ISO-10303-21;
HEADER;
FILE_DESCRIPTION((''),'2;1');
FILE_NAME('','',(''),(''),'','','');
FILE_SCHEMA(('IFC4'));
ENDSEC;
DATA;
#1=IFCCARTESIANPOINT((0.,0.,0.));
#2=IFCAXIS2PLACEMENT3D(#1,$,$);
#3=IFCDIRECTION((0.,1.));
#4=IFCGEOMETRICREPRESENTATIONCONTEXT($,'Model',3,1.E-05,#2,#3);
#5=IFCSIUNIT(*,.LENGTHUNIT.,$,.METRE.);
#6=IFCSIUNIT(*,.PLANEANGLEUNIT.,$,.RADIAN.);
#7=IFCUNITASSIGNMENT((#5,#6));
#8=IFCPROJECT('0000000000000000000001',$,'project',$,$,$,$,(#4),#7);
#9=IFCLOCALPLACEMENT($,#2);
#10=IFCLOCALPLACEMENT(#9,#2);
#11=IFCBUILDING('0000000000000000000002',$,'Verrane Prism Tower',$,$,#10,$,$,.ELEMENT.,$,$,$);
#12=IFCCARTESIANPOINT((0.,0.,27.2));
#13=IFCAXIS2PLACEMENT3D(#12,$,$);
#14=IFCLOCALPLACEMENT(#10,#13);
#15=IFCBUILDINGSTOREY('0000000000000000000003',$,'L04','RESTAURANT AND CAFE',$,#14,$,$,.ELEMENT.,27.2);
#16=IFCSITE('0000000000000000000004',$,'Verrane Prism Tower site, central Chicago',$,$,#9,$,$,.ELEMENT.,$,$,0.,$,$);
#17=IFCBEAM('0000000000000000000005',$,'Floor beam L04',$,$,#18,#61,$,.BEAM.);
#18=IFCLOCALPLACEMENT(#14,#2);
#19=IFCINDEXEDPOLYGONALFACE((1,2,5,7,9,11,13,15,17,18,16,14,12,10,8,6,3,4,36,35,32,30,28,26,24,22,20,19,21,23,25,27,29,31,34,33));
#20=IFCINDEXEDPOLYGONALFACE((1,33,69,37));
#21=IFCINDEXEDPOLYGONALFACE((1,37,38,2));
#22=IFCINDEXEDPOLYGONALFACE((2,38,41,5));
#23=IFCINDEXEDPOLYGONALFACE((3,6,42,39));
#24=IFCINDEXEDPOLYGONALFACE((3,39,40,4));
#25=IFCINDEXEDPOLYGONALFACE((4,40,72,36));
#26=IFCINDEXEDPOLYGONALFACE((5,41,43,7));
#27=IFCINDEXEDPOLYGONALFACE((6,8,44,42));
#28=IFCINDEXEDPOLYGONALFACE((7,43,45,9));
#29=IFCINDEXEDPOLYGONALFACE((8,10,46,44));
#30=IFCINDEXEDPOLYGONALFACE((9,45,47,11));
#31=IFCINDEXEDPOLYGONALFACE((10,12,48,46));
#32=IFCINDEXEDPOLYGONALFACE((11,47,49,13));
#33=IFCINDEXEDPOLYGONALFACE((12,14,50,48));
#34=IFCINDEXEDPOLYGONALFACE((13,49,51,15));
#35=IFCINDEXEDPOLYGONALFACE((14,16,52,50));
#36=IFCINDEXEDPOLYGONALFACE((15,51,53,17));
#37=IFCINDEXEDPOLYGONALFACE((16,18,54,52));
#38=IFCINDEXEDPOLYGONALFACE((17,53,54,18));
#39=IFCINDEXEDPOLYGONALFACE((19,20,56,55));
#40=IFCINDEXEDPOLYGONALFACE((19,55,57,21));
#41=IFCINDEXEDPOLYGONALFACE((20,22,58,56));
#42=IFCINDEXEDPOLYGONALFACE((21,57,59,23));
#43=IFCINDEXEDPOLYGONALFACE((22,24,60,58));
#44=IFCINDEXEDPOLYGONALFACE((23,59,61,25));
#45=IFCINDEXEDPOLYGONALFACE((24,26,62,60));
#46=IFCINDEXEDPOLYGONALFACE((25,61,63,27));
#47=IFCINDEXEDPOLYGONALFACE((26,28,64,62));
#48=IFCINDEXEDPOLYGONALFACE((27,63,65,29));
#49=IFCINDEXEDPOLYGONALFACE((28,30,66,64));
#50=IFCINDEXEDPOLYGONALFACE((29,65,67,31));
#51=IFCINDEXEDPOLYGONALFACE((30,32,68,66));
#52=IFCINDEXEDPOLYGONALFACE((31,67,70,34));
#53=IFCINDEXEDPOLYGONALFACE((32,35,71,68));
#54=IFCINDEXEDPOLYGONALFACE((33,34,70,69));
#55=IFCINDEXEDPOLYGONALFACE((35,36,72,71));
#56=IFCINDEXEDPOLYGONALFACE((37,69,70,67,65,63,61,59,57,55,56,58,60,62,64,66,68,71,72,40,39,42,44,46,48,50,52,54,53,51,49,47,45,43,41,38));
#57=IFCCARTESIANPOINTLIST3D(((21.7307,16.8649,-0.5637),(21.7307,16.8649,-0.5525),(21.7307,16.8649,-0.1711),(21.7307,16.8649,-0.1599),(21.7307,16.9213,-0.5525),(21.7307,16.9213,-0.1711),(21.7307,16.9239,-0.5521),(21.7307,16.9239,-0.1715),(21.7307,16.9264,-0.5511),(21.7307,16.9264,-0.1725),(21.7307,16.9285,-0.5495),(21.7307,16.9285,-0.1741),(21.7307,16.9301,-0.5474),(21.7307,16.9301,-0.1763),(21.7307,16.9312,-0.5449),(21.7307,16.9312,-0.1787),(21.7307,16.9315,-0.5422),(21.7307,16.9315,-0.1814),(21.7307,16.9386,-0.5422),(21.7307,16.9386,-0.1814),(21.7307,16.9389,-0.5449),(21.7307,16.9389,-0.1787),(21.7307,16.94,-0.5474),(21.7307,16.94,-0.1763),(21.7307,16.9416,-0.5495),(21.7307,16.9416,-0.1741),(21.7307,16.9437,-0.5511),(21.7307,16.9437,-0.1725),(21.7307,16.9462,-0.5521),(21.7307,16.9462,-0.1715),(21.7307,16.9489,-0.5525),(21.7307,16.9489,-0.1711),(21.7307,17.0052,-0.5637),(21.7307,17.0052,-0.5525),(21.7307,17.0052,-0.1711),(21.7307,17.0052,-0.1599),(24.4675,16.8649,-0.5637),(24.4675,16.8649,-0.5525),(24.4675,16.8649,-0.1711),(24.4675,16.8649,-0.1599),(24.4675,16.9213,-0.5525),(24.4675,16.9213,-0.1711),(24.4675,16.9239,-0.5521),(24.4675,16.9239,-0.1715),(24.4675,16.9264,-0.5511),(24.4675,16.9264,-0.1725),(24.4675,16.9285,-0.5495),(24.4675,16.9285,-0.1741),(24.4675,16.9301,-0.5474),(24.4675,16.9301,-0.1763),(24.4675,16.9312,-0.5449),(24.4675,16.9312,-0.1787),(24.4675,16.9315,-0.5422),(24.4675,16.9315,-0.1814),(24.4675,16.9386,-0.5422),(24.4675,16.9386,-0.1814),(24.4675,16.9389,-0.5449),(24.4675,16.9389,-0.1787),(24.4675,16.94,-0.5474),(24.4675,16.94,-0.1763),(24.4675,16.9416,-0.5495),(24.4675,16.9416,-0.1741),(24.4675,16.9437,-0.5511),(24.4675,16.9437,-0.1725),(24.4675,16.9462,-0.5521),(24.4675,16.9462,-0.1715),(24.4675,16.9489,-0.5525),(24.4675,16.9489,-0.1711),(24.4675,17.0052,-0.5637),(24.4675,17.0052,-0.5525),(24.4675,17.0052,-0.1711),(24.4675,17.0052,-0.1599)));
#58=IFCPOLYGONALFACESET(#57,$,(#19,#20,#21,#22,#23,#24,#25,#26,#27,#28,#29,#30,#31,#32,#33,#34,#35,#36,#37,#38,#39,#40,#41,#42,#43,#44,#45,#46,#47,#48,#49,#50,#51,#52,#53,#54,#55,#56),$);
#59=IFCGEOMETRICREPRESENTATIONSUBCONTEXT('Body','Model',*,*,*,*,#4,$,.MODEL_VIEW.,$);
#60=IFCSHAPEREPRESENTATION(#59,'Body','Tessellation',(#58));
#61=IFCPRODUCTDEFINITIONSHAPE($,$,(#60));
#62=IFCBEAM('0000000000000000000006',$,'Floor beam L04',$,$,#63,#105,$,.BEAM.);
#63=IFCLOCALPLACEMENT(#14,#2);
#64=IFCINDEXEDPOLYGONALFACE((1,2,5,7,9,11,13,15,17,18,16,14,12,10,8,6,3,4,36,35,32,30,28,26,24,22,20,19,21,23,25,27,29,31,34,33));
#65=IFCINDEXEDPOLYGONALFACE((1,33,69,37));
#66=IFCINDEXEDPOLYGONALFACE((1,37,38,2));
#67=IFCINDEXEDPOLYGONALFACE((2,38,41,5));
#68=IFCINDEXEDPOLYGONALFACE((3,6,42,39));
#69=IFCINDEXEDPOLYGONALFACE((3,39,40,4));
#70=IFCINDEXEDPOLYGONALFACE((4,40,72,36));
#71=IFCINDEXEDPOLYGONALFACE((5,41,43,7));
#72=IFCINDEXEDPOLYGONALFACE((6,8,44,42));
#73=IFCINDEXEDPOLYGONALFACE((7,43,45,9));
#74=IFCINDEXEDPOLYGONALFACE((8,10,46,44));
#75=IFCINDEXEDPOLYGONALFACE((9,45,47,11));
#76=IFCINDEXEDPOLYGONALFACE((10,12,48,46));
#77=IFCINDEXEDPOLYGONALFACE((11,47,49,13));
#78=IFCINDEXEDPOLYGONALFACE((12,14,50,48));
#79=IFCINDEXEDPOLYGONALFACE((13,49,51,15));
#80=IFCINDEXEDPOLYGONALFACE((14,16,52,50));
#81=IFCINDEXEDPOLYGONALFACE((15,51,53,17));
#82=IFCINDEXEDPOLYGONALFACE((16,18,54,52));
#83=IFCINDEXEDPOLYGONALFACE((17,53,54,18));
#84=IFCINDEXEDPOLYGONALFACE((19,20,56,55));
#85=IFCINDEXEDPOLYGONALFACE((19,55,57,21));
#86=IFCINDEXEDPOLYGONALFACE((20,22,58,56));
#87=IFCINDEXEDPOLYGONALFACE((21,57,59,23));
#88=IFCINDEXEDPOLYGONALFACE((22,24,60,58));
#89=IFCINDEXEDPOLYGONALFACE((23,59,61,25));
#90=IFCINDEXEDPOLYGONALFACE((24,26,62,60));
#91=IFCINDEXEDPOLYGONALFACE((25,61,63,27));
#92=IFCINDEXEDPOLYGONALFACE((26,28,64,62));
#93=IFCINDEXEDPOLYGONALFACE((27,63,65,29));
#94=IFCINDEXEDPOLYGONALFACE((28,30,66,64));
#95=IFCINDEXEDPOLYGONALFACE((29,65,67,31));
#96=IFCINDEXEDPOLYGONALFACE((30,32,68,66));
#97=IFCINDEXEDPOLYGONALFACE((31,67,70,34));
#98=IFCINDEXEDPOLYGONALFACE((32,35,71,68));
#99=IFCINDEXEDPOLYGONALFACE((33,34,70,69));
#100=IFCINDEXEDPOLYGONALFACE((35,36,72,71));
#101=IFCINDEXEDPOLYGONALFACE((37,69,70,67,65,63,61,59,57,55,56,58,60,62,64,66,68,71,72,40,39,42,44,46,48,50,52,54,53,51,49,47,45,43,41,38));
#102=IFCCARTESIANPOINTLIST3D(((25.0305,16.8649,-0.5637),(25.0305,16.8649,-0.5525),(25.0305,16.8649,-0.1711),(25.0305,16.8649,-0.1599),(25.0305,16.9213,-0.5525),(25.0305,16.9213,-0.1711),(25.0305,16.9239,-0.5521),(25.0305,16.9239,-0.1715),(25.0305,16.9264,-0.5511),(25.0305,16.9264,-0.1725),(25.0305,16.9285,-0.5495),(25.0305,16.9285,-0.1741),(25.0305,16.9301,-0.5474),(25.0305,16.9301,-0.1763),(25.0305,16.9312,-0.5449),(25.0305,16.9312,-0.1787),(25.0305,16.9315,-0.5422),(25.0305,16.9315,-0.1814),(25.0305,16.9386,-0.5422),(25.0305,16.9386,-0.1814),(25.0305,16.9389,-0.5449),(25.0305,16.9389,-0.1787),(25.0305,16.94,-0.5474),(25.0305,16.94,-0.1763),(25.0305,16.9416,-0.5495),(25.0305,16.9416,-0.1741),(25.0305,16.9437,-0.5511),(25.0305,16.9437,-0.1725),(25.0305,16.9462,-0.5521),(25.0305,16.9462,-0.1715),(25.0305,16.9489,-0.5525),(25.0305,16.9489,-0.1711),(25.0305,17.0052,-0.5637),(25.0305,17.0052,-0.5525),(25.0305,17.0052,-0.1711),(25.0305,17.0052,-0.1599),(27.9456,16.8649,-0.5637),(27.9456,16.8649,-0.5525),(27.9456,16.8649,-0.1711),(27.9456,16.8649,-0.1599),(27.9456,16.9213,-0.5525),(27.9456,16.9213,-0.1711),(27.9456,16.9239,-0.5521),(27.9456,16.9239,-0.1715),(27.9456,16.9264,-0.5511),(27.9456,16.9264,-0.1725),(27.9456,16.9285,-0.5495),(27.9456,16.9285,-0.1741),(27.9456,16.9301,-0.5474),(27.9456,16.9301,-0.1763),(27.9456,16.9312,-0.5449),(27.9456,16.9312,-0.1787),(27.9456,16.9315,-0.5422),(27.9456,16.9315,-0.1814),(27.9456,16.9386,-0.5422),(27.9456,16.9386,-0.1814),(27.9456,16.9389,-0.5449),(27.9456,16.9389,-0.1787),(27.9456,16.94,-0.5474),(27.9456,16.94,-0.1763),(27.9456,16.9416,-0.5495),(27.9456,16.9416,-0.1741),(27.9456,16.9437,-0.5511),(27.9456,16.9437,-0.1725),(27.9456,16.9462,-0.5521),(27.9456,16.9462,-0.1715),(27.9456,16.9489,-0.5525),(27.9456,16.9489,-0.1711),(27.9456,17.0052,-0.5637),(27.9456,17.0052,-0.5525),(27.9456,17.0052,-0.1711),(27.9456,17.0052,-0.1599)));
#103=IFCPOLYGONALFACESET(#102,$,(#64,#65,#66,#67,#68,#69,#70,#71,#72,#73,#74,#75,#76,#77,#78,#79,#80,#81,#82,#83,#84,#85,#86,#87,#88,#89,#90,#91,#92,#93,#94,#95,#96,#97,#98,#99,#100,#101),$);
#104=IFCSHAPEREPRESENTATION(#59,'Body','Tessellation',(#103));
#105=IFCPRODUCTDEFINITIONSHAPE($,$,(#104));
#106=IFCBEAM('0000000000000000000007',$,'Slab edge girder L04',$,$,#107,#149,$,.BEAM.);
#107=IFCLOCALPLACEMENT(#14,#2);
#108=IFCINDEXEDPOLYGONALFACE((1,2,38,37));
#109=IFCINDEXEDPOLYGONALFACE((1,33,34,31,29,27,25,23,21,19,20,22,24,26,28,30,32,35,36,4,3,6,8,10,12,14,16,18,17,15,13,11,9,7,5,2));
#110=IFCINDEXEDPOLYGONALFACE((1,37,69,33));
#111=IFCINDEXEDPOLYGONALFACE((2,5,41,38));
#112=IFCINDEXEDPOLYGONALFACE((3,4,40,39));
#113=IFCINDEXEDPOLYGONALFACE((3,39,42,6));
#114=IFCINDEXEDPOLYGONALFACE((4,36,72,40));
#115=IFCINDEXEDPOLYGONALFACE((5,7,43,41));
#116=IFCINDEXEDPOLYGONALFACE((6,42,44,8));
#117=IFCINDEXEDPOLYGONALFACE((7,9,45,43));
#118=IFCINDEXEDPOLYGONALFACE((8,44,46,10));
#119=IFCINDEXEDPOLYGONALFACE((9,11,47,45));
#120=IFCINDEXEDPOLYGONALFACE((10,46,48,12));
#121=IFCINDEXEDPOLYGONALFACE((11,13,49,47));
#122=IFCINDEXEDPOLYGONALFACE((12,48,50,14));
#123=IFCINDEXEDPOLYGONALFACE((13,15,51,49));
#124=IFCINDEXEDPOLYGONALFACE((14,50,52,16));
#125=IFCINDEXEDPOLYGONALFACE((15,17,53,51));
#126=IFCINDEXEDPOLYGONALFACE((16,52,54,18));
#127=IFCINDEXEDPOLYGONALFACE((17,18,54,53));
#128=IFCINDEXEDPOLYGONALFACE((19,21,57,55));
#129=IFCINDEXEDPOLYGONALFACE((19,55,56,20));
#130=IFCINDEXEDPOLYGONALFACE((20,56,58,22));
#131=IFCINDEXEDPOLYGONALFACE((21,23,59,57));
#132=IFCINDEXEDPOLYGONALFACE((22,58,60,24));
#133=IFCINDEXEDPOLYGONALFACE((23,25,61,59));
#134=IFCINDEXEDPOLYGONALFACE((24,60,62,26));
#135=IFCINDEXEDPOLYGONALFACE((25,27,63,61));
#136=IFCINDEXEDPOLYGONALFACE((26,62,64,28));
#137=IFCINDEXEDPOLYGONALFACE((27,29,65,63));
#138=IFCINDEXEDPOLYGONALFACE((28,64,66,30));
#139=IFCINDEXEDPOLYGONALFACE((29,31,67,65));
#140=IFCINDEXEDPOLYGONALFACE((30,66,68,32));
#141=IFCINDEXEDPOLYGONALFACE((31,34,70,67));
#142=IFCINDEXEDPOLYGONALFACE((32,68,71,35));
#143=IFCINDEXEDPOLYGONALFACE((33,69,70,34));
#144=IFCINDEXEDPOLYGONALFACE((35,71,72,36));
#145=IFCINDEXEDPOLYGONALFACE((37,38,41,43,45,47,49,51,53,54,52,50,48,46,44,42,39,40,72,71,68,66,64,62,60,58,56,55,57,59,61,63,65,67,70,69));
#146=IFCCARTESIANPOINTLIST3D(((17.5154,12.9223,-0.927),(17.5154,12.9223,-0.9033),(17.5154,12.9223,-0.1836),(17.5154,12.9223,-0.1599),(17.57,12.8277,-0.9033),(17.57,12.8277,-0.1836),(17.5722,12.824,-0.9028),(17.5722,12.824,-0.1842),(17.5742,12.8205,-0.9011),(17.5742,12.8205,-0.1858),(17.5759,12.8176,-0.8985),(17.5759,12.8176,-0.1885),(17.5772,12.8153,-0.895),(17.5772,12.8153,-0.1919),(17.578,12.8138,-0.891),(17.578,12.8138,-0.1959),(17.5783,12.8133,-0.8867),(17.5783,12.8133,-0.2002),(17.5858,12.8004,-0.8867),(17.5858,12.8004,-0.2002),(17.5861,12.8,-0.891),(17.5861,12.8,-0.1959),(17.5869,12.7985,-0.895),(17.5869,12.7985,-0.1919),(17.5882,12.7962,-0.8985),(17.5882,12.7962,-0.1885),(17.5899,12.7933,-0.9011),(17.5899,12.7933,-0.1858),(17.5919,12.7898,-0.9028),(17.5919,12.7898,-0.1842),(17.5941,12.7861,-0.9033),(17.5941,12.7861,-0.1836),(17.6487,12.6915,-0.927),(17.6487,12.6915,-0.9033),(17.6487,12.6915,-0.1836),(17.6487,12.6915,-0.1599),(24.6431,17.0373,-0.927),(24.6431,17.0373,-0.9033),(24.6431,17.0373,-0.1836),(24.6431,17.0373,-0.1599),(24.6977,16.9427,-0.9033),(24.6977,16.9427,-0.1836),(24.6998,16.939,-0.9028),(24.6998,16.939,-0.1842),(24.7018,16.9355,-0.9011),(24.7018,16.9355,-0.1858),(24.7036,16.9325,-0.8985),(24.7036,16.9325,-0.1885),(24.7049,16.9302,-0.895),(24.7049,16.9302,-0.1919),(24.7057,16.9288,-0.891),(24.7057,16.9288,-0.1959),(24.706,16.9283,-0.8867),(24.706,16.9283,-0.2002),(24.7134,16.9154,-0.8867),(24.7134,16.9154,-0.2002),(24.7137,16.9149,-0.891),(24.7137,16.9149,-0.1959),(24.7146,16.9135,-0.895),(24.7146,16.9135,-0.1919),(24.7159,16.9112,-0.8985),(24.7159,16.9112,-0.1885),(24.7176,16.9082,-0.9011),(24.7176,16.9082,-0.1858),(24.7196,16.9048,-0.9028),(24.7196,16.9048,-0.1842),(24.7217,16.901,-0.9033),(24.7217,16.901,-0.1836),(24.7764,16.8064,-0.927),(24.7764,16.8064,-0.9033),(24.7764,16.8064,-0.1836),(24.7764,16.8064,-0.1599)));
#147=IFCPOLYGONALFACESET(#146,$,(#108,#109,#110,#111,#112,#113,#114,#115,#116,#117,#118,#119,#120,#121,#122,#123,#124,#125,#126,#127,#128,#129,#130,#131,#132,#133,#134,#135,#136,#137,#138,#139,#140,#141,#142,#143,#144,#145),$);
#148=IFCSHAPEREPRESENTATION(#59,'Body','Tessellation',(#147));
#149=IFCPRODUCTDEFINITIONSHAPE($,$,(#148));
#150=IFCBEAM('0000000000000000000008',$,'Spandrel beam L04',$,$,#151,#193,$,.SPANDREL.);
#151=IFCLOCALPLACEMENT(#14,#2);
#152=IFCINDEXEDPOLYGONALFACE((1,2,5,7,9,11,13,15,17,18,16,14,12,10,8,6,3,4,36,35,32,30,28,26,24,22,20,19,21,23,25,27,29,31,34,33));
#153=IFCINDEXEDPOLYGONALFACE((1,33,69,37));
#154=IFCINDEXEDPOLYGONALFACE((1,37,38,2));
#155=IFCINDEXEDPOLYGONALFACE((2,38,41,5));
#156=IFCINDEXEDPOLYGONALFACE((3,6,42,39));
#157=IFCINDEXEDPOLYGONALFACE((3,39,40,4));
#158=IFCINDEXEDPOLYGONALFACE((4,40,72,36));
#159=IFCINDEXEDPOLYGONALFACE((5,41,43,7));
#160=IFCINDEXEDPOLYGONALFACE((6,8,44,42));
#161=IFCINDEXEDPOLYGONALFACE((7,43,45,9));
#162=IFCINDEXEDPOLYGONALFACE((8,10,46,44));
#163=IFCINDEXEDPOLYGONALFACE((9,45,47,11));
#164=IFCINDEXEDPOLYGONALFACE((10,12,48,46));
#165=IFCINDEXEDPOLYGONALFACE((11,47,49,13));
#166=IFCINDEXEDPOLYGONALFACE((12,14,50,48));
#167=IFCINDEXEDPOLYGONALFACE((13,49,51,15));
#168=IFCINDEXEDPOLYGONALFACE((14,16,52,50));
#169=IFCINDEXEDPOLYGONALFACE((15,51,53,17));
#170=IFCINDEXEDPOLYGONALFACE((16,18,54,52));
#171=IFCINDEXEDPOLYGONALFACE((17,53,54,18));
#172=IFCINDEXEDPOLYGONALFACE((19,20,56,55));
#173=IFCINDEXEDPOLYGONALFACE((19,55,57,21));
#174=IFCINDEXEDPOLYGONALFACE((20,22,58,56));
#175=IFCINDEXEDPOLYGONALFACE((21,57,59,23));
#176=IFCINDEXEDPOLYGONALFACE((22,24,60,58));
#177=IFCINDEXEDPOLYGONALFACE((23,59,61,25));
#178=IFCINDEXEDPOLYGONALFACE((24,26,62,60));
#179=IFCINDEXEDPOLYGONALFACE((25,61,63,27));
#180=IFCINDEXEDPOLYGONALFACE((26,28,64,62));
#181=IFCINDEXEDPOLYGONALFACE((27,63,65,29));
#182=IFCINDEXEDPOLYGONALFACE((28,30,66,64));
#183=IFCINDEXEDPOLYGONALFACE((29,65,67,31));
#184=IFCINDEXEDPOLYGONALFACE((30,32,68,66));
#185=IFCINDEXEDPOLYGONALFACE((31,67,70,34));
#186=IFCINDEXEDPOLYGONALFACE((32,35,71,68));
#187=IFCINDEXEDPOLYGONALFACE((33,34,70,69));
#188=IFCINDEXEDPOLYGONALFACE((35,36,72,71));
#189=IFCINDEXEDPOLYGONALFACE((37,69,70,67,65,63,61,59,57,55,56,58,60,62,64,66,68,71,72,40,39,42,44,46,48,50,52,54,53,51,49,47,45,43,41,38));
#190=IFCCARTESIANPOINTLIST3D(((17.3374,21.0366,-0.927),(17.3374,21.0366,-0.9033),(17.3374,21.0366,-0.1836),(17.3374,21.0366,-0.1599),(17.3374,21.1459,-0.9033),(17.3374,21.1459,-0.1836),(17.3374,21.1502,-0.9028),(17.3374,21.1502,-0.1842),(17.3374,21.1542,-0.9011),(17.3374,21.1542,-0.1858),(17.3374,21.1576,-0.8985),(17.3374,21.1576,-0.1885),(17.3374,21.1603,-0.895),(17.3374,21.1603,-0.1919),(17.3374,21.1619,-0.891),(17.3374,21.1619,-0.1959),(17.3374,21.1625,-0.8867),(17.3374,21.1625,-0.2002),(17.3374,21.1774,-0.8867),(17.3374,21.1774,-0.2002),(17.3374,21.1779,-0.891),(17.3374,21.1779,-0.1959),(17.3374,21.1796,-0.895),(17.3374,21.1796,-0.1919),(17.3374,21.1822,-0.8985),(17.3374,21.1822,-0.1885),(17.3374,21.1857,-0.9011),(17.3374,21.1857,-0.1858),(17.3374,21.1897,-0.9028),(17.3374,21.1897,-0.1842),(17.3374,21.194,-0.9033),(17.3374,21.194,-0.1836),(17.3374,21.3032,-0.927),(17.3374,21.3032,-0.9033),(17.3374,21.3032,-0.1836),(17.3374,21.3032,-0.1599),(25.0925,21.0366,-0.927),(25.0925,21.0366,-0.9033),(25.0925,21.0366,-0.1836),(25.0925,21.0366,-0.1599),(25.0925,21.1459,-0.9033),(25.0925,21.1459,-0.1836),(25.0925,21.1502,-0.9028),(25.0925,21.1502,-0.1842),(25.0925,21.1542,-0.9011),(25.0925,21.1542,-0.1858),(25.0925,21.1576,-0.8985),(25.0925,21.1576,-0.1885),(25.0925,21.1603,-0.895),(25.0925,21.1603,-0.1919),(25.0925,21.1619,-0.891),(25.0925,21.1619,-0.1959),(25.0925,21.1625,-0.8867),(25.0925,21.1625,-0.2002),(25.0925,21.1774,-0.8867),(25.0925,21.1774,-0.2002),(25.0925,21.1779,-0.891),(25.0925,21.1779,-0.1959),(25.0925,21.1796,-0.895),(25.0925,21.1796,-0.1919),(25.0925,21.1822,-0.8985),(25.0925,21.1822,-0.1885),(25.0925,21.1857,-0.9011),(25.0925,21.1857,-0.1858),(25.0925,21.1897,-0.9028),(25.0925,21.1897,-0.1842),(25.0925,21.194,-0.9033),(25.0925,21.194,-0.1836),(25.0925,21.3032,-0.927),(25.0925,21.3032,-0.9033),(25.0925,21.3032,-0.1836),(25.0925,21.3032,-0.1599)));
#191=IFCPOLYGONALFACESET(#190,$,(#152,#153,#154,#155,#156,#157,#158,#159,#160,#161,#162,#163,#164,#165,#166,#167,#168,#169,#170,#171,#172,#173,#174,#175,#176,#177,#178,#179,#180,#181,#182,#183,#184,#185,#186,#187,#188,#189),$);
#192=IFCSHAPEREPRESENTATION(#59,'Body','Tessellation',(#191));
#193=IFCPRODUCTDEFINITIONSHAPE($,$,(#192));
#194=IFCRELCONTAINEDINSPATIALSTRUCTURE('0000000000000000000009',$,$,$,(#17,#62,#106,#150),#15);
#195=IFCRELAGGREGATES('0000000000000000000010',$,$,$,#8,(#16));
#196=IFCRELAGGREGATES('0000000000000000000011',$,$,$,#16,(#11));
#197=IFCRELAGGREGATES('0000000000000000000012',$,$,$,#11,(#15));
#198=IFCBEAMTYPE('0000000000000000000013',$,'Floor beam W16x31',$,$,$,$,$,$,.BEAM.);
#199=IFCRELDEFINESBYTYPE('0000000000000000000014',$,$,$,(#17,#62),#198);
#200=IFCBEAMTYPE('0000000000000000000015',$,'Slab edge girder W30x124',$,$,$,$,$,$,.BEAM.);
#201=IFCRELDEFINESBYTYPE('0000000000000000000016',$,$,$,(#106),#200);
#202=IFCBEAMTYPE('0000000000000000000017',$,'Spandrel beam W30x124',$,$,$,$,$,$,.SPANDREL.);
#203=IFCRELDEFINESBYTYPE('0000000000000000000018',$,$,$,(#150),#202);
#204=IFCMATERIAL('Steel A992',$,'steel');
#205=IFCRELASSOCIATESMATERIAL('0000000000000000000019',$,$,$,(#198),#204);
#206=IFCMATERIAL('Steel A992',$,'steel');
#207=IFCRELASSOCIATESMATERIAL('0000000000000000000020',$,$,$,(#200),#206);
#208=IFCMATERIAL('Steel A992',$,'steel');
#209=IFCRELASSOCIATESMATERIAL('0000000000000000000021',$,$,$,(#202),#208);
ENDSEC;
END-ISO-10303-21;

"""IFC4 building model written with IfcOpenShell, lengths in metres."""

from ifc_helpers import new_model, si_unit, direction, frame, origin, origin_2d, place, context, subcontext, project, spatial, i_section, extrude, material, material_profile, profile_set, type_object, element, save


model = new_model("IFC4")

# Units and contexts
model_context = context("Model", 3, precision=1e-05, world=origin(), true_north=direction((0.0, 1.0)))
body_context = subcontext(model_context, "Body", "Model", "MODEL_VIEW")
ifc_project = project(units=[si_unit("LENGTHUNIT", "METRE"), si_unit("PLANEANGLEUNIT", "RADIAN")], contexts=[model_context])

# Site, building, storey
site_placement = place(None, origin())
site = spatial("IfcSite", under=ifc_project, at=site_placement, Name="Verrane Prism Tower site, central Chicago", CompositionType="ELEMENT", RefElevation=0.0)
building_placement = place(site_placement, origin())
building = spatial("IfcBuilding", under=site, at=building_placement, Name="Verrane Prism Tower", CompositionType="ELEMENT")
storey_placement = place(building_placement, frame((0.0, 0.0, 27.2)))
storey = spatial("IfcBuildingStorey", under=building, at=storey_placement, Name="L04", Description="RESTAURANT AND CAFE", CompositionType="ELEMENT", Elevation=27.2)

# Beams
ifc_material_1 = material(Name="Steel A992", Category="steel")
ifc_material_profile_1 = material_profile(ifc_material_1, i_section(OverallWidth=0.1404, OverallDepth=0.4038, WebThickness=0.0071, FlangeThickness=0.0112, FilletRadius=0.0103, at=origin_2d()), Name="W16x31")
ifc_profile_set_1 = profile_set([ifc_material_profile_1], Name="Steel A992")
beam_type_1 = type_object("IfcBeamType", Name="Floor beam W16x31", PredefinedType="BEAM", material=ifc_profile_set_1)
beam_1_placement = place(storey_placement, frame((21.7307, 16.9351, -0.3618), z_axis=(1.0, 0.0, 0.0), x_axis=(0.0, 1.0, 0.0)))
element("IfcBeam", 1, at=beam_1_placement, inside=storey, type_object=beam_type_1, Name="Floor beam L04", PredefinedType="BEAM", context=body_context, shape_type="SweptSolid", body=[
    extrude(i_section(OverallWidth=0.1404, OverallDepth=0.4038, WebThickness=0.0071, FlangeThickness=0.0112, FilletRadius=0.0103, at=origin_2d()), origin(), (0.0, 0.0, 1.0), 2.7368),
])
beam_2_placement = place(storey_placement, frame((25.0305, 16.9351, -0.3618), z_axis=(1.0, 0.0, 0.0), x_axis=(0.0, 1.0, 0.0)))
element("IfcBeam", 2, at=beam_2_placement, inside=storey, type_object=beam_type_1, Name="Floor beam L04", PredefinedType="BEAM", context=body_context, shape_type="SweptSolid", body=[
    extrude(i_section(OverallWidth=0.1404, OverallDepth=0.4038, WebThickness=0.0071, FlangeThickness=0.0112, FilletRadius=0.0103, at=origin_2d()), origin(), (0.0, 0.0, 1.0), 2.915),
])
ifc_material_2 = material(Name="Steel A992", Category="steel")
ifc_material_profile_2 = material_profile(ifc_material_2, i_section(OverallWidth=0.2666, OverallDepth=0.7671, WebThickness=0.0149, FlangeThickness=0.0237, FilletRadius=0.0166, at=origin_2d()), Name="W30x124")
ifc_profile_set_2 = profile_set([ifc_material_profile_2], Name="Steel A992")
beam_type_2 = type_object("IfcBeamType", Name="Slab edge girder W30x124", PredefinedType="BEAM", material=ifc_profile_set_2)
beam_3_placement = place(storey_placement, frame((24.7097, 16.9219, -0.5435), z_axis=(-0.866035, -0.499984, 0.0), x_axis=(0.499984, -0.866035, 0.0)))
element("IfcBeam", 3, at=beam_3_placement, inside=storey, type_object=beam_type_2, Name="Slab edge girder L04", PredefinedType="BEAM", context=body_context, shape_type="SweptSolid", body=[
    extrude(i_section(OverallWidth=0.2666, OverallDepth=0.7671, WebThickness=0.0149, FlangeThickness=0.0237, FilletRadius=0.0166, at=origin_2d()), origin(), (0.0, 0.0, 1.0), 8.2302),
])
ifc_material_3 = material(Name="Steel A992", Category="steel")
ifc_material_profile_3 = material_profile(ifc_material_3, i_section(OverallWidth=0.2666, OverallDepth=0.7671, WebThickness=0.0149, FlangeThickness=0.0237, FilletRadius=0.0166, at=origin_2d()), Name="W30x124")
ifc_profile_set_3 = profile_set([ifc_material_profile_3], Name="Steel A992")
beam_type_3 = type_object("IfcBeamType", Name="Spandrel beam W30x124", PredefinedType="SPANDREL", material=ifc_profile_set_3)
beam_4_placement = place(storey_placement, frame((25.0925, 21.1699, -0.5435), z_axis=(-1.0, 0.0, 0.0), x_axis=(0.0, -1.0, 0.0)))
element("IfcBeam", 4, at=beam_4_placement, inside=storey, type_object=beam_type_3, Name="Spandrel beam L04", PredefinedType="SPANDREL", context=body_context, shape_type="SweptSolid", body=[
    extrude(i_section(OverallWidth=0.2666, OverallDepth=0.7671, WebThickness=0.0149, FlangeThickness=0.0237, FilletRadius=0.0166, at=origin_2d()), origin(), (0.0, 0.0, 1.0), 7.7551),
])

save(model, "model.ifc")
